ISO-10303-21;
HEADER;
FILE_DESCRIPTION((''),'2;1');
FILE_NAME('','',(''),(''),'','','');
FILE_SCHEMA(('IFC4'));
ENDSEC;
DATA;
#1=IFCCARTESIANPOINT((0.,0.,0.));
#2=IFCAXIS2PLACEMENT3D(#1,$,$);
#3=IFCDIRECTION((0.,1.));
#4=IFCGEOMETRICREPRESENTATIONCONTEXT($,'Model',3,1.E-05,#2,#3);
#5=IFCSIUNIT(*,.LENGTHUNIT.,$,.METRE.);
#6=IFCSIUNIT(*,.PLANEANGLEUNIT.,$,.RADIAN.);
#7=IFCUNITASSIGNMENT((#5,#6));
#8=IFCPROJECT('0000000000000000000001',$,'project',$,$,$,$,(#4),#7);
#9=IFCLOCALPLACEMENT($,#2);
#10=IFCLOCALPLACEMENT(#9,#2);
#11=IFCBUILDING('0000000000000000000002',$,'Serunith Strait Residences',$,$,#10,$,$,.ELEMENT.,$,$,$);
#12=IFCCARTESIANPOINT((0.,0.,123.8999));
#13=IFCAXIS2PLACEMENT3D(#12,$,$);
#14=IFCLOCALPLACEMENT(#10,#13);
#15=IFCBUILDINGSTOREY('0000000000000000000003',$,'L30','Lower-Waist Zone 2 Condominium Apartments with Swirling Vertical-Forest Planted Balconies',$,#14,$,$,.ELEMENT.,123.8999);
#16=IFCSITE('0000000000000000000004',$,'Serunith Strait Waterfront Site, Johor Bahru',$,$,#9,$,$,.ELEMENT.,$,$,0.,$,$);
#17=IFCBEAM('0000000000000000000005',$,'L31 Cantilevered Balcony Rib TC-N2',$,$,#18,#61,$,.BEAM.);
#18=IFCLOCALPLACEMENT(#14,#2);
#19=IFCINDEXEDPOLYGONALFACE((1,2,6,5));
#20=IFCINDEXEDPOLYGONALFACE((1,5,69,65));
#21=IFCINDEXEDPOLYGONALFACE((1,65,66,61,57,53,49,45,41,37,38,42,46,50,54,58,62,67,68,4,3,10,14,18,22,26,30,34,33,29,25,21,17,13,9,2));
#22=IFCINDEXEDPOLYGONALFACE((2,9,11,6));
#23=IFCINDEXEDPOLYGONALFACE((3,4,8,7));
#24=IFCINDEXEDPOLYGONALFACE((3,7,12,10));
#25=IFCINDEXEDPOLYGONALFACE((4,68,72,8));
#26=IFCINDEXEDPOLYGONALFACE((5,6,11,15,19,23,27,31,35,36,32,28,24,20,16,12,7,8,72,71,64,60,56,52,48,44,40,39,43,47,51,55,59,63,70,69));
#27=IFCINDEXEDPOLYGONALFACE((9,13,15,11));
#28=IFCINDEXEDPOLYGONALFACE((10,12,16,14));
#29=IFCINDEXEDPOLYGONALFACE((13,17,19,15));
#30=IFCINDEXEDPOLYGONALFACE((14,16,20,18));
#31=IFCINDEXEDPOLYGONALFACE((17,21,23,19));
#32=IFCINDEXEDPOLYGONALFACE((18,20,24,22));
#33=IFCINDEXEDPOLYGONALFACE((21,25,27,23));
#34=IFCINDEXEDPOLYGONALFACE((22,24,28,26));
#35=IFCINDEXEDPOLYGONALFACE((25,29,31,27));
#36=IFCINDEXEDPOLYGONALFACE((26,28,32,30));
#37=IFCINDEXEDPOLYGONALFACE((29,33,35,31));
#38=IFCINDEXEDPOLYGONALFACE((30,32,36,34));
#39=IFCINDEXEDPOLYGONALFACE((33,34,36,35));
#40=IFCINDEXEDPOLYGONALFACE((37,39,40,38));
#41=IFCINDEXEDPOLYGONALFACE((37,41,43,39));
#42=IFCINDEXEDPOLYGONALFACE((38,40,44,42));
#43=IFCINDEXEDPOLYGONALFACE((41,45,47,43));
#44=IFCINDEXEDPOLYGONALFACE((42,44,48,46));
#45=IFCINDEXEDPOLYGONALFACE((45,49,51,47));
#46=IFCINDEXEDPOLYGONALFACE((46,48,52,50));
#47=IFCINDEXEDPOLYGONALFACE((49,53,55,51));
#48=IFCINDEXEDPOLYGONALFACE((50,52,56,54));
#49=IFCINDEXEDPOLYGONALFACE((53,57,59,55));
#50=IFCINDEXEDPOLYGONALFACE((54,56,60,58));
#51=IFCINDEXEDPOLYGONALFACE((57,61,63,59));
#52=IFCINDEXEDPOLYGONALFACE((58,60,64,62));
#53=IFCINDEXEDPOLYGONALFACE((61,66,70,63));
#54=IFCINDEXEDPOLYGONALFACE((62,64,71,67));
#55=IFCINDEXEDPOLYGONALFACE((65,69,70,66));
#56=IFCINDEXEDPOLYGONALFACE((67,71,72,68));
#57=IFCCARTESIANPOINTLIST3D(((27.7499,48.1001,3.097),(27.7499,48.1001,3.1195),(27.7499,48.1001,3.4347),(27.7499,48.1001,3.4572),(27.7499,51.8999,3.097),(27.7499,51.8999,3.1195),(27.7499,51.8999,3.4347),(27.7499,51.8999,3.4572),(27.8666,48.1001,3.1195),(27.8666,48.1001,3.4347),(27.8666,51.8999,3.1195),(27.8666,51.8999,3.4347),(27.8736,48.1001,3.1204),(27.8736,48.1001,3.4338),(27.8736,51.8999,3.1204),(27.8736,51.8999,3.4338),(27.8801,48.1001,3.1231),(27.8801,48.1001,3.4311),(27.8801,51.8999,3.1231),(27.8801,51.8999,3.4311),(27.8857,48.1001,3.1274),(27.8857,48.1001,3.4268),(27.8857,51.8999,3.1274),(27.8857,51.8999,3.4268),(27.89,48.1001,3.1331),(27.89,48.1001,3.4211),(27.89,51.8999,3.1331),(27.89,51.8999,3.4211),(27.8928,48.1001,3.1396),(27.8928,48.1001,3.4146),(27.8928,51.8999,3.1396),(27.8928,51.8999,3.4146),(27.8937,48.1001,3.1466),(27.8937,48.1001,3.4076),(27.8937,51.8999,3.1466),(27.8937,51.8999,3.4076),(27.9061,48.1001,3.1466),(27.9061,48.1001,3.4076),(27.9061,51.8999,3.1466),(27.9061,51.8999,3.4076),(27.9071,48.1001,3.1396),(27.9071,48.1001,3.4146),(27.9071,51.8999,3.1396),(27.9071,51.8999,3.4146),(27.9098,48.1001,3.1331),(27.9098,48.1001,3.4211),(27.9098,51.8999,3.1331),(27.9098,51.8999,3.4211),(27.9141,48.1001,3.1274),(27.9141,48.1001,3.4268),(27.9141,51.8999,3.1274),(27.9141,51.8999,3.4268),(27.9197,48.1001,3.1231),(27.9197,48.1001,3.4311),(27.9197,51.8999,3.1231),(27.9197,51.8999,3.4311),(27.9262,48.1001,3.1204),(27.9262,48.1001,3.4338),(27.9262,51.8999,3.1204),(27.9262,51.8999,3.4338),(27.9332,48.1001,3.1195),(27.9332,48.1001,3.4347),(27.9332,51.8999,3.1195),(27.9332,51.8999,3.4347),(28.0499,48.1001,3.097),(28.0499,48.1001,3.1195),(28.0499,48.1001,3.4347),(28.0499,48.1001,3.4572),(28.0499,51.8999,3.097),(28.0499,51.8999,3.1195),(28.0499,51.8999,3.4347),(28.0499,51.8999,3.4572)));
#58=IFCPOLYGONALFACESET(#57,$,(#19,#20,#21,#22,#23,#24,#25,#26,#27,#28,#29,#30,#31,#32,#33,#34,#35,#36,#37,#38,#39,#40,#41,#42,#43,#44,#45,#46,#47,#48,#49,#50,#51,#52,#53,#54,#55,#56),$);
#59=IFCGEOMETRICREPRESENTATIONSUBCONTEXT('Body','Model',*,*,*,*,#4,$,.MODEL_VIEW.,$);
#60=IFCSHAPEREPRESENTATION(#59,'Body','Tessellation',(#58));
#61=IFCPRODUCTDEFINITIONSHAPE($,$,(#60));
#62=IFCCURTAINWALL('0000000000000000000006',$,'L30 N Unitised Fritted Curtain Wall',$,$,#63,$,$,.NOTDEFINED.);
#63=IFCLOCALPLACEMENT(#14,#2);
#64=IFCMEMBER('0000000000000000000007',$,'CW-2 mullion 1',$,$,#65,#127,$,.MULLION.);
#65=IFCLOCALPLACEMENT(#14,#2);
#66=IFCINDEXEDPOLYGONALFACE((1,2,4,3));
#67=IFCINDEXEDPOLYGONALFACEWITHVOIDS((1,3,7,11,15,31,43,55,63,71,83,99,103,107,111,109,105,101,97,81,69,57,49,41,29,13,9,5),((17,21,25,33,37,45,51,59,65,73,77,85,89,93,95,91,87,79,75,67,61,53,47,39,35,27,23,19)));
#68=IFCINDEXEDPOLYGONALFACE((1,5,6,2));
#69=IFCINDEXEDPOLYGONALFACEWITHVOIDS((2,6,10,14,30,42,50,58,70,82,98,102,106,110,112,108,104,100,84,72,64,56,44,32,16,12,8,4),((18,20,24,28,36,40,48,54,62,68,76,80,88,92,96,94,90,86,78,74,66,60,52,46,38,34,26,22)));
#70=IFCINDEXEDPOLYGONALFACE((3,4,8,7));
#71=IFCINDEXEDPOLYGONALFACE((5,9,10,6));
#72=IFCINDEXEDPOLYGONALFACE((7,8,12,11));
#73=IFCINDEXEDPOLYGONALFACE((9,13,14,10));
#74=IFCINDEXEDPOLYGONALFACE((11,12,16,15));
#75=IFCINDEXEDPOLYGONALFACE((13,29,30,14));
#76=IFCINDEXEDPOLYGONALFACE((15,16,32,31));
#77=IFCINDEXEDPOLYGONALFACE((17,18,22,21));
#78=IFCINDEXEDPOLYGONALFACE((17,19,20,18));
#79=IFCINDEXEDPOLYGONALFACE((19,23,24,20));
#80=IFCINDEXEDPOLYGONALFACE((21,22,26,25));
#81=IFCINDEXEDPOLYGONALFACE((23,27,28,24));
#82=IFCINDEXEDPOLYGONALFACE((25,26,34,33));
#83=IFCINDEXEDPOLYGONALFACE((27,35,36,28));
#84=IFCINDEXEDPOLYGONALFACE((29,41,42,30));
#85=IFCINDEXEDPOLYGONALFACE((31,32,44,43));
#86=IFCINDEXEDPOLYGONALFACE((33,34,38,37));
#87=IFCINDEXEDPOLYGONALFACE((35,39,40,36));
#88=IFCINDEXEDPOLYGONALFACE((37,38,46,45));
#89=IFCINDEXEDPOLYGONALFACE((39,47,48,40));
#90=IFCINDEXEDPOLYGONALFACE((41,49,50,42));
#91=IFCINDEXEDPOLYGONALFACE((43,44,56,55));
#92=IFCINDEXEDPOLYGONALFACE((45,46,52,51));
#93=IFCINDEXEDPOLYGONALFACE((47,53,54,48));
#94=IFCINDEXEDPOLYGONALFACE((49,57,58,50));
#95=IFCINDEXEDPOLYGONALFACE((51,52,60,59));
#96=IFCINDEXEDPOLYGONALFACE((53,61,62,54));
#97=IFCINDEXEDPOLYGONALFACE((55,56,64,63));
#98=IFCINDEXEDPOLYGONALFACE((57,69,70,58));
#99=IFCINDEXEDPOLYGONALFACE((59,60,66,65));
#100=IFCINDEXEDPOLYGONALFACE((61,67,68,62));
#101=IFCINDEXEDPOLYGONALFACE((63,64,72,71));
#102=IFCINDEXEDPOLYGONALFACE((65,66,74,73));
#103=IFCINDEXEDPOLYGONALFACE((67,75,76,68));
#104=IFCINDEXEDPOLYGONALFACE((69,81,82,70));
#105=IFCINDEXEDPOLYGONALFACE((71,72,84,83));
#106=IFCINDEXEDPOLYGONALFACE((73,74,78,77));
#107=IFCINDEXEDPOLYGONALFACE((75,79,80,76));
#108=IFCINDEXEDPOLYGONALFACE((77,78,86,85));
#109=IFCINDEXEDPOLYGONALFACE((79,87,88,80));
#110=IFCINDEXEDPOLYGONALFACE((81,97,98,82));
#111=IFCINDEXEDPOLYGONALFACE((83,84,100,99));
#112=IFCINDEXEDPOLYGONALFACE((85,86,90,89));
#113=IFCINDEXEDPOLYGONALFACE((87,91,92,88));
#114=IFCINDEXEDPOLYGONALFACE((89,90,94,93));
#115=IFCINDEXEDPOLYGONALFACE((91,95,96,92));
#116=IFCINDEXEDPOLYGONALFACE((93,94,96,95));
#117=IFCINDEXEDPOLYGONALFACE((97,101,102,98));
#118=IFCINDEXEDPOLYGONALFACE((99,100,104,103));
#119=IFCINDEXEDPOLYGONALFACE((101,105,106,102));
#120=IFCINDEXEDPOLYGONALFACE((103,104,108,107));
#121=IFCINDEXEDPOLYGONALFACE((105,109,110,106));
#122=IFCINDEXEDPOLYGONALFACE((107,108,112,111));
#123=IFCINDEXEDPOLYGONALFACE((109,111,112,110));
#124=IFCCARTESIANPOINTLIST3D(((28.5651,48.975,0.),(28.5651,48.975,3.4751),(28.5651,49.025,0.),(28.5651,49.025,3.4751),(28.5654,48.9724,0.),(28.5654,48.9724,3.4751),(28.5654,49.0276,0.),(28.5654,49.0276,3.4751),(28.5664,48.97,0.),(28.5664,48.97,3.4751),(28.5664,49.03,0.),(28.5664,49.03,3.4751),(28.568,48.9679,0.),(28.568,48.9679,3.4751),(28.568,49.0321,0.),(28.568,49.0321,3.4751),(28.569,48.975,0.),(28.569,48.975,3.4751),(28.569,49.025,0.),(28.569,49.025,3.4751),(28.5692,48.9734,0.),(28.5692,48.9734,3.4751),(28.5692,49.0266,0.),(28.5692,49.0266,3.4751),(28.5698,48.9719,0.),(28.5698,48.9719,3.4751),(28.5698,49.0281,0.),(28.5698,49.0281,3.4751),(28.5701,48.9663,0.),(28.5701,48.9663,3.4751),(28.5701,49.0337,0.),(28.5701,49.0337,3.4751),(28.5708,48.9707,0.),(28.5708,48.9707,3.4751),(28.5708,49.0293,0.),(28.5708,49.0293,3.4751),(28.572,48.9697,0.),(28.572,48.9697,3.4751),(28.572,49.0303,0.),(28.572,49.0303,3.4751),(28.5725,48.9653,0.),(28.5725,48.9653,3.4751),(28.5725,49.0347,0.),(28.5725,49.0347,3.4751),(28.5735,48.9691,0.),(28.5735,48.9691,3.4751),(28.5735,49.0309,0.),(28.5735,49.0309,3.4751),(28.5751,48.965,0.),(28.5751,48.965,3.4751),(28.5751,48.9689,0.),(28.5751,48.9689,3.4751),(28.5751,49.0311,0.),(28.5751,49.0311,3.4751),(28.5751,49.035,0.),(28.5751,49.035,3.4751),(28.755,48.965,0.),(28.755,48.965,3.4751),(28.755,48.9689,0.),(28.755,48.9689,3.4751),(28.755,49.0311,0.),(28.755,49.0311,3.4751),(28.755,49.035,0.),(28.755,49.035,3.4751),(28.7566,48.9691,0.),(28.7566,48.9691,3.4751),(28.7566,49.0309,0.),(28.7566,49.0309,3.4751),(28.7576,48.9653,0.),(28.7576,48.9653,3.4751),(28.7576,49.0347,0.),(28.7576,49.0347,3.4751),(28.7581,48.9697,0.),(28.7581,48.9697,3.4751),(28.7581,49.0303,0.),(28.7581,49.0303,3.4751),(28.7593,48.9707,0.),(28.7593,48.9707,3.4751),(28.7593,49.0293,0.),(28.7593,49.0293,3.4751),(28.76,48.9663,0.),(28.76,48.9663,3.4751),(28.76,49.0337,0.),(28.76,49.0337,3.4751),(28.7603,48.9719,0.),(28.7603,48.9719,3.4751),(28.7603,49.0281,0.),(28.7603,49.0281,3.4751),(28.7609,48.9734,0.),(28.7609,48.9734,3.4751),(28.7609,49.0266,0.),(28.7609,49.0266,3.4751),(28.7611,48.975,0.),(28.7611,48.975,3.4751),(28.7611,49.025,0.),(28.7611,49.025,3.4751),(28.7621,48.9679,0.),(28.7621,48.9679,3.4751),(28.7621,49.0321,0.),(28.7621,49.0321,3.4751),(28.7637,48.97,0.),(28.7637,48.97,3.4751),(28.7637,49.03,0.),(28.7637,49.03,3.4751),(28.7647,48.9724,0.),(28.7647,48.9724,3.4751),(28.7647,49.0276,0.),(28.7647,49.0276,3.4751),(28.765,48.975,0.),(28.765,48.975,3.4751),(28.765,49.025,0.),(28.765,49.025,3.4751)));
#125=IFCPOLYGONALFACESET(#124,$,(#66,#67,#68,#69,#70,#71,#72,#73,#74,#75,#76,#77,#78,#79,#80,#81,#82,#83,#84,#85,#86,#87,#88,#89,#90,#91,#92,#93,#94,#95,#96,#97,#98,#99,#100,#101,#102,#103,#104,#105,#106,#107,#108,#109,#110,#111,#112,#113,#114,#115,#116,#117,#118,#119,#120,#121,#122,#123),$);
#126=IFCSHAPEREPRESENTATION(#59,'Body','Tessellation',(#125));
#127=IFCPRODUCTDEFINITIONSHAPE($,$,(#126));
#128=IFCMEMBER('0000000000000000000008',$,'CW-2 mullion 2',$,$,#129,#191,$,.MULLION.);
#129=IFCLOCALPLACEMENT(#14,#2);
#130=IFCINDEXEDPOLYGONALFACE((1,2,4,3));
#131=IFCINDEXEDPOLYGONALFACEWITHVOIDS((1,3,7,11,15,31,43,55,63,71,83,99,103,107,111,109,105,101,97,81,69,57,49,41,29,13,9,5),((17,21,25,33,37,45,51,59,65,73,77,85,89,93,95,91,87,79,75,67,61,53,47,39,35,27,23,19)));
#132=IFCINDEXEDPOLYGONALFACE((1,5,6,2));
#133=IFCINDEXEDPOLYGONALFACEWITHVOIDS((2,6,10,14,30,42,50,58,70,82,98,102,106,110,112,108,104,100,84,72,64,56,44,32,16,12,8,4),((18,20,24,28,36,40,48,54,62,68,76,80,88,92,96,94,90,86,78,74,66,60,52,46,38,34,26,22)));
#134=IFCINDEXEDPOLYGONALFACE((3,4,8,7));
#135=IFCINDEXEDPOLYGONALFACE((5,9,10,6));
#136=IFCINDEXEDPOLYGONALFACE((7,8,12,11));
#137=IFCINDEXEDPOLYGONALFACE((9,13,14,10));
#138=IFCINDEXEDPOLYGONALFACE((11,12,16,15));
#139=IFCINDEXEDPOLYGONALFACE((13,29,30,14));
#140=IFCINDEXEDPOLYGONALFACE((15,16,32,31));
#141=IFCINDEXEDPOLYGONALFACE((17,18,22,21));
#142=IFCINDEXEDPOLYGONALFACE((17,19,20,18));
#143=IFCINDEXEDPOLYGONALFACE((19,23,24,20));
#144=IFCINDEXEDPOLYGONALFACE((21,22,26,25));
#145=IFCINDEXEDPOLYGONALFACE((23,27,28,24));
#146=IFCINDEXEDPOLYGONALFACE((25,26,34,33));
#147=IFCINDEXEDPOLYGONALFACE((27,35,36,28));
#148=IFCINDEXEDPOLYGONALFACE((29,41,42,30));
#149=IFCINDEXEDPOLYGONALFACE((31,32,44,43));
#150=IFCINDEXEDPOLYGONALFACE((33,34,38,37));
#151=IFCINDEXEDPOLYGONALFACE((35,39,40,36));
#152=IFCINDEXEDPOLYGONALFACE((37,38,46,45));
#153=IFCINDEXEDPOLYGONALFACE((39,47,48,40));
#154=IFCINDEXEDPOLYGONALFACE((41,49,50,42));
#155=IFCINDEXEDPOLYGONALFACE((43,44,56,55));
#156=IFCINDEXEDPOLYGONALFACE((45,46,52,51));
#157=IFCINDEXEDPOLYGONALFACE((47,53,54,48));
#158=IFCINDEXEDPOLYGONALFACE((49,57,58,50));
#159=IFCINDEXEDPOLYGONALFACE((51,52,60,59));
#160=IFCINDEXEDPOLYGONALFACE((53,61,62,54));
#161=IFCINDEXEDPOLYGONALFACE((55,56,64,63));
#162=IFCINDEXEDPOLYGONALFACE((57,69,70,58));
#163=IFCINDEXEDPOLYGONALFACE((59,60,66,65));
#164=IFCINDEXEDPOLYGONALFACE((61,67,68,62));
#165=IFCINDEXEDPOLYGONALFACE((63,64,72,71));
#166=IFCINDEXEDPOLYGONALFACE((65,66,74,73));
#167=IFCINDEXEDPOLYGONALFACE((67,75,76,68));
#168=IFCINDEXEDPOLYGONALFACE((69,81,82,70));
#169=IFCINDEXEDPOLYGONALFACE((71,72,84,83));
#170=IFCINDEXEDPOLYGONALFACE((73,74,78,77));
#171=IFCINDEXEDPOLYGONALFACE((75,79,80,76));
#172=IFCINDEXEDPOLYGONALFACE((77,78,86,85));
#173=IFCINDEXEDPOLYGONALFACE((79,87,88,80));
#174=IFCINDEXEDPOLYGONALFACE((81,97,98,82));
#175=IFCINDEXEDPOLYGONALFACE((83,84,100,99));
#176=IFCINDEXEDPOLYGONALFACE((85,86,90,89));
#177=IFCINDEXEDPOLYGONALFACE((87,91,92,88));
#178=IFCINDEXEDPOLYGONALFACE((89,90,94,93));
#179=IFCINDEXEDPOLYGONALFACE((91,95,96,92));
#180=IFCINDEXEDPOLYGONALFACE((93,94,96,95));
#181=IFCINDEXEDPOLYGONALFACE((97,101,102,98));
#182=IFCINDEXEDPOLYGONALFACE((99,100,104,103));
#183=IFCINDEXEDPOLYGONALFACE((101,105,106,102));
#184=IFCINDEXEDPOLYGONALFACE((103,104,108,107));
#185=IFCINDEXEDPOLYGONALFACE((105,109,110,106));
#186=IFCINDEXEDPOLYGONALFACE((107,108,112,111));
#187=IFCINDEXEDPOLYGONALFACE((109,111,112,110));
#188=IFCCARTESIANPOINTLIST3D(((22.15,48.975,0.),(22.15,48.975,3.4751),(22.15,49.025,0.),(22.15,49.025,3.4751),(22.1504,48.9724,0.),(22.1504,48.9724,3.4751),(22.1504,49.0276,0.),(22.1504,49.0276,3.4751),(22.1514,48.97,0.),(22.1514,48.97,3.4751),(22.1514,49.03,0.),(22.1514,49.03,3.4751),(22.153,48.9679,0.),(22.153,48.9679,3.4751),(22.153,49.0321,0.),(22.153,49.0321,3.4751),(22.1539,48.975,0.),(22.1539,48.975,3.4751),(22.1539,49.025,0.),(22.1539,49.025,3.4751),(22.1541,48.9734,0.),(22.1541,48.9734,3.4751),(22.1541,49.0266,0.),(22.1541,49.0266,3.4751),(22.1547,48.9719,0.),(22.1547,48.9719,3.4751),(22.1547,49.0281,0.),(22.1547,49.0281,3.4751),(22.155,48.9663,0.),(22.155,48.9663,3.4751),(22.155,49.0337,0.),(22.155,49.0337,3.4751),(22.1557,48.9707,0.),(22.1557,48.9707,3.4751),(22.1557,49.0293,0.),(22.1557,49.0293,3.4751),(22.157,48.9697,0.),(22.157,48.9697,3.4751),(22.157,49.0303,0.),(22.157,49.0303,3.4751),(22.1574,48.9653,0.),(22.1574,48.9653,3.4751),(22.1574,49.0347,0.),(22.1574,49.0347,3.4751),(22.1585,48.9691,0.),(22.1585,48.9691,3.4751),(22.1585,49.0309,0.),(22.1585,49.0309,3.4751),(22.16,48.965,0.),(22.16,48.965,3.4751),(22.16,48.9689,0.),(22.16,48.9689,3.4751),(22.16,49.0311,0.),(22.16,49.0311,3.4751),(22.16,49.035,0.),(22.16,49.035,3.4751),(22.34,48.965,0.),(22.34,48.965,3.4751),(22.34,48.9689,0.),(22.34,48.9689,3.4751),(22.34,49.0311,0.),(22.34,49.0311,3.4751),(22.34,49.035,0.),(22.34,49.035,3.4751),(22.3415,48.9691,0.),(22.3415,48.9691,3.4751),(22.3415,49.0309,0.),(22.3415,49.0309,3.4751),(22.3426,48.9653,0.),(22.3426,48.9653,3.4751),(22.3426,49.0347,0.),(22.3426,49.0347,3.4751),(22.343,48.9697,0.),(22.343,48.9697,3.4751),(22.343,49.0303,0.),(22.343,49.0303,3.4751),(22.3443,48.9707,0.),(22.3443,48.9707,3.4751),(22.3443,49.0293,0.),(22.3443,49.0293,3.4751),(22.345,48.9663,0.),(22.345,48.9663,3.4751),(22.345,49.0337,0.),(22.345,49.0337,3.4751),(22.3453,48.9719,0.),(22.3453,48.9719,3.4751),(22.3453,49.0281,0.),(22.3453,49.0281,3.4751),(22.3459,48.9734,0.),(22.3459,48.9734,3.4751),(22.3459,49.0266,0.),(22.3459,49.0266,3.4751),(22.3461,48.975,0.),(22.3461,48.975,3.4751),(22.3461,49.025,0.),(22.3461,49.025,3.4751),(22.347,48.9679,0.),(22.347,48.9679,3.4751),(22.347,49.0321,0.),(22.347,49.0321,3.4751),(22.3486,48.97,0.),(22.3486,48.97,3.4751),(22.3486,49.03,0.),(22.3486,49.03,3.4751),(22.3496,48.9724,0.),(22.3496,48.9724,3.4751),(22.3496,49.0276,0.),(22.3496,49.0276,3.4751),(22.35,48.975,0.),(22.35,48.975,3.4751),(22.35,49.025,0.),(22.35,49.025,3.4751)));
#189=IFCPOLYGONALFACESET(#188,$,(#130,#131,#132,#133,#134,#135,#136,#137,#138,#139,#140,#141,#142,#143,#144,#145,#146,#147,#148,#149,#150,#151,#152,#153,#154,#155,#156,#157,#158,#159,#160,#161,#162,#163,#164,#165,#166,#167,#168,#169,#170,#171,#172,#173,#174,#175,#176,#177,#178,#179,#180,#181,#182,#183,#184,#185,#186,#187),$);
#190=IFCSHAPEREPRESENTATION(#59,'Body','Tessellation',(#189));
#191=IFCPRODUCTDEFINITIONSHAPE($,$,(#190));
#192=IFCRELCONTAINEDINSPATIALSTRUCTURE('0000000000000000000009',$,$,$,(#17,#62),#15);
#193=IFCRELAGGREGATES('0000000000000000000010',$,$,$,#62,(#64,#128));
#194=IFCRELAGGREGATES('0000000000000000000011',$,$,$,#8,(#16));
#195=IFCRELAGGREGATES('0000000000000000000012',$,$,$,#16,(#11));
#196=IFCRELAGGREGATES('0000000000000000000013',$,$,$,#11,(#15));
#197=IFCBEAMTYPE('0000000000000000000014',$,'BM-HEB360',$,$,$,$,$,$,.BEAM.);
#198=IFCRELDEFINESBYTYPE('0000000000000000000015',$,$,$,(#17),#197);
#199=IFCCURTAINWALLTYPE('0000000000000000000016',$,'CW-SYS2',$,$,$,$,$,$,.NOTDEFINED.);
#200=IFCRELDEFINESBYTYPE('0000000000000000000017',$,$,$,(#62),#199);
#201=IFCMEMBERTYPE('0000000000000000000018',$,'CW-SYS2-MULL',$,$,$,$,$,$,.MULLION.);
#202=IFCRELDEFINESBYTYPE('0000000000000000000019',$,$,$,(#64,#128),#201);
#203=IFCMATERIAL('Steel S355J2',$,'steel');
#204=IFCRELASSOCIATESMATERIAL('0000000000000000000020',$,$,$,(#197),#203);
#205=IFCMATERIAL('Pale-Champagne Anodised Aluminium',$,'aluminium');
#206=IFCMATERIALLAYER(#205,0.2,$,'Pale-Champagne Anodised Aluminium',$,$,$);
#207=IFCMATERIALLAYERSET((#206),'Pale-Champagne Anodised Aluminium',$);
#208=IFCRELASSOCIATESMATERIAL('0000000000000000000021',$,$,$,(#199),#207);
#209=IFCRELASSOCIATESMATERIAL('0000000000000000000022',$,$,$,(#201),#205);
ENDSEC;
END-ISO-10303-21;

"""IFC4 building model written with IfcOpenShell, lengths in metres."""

from ifc_helpers import new_model, si_unit, direction, frame, origin, origin_2d, place, context, subcontext, project, spatial, hollow_rectangle, i_section, extrude, source, transform, mapped, material, layer, layer_set, material_profile, profile_set, type_object, element, aggregate, save


model = new_model("IFC4")

# Units and contexts
model_context = context("Model", 3, precision=1e-05, world=origin(), true_north=direction((0.0, 1.0)))
body_context = subcontext(model_context, "Body", "Model", "MODEL_VIEW")
ifc_project = project(units=[si_unit("LENGTHUNIT", "METRE"), si_unit("PLANEANGLEUNIT", "RADIAN")], contexts=[model_context])

# Site, building, storey
site_placement = place(None, origin())
site = spatial("IfcSite", under=ifc_project, at=site_placement, Name="Serunith Strait Waterfront Site, Johor Bahru", CompositionType="ELEMENT", RefElevation=0.0)
building_placement = place(site_placement, origin())
building = spatial("IfcBuilding", under=site, at=building_placement, Name="Serunith Strait Residences", CompositionType="ELEMENT")
storey_placement = place(building_placement, frame((0.0, 0.0, 123.8999)))
storey = spatial("IfcBuildingStorey", under=building, at=storey_placement, Name="L30", Description="Lower-Waist Zone 2 Condominium Apartments with Swirling Vertical-Forest Planted Balconies", CompositionType="ELEMENT", Elevation=123.8999)

# Beam
ifc_material_1 = material(Name="Steel S355J2", Category="steel")
ifc_material_profile_1 = material_profile(ifc_material_1, i_section(OverallWidth=0.3, OverallDepth=0.3601, WebThickness=0.0125, FlangeThickness=0.0225, FilletRadius=0.0271, at=origin_2d()), Name="HEB 360")
ifc_profile_set_1 = profile_set([ifc_material_profile_1], Name="Steel S355J2")
beam_type_1 = type_object("IfcBeamType", Name="BM-HEB360", PredefinedType="BEAM", material=ifc_profile_set_1)
shared_shape_1 = source(origin(), body_context, "Body", "SweptSolid", [
    extrude(i_section(OverallWidth=0.3, OverallDepth=0.3601, WebThickness=0.0125, FlangeThickness=0.0225, FilletRadius=0.0271, at=origin_2d()), origin(), (0.0, 0.0, 1.0), 3.7998),
])
beam_1_placement = place(storey_placement, frame((27.8999, 48.1001, 3.2771), z_axis=(0.0, 1.0, 0.0), x_axis=(-1.0, 0.0, 0.0)))
element("IfcBeam", 1, at=beam_1_placement, inside=storey, type_object=beam_type_1, Name="L31 Cantilevered Balcony Rib TC-N2", PredefinedType="BEAM", context=body_context, shape_type="MappedRepresentation", body=[
    mapped(shared_shape_1, transform((0.0, 0.0, 0.0), scale=1.0)),
])

# Curtain wall, members
ifc_material_2 = material(Name="Pale-Champagne Anodised Aluminium", Category="aluminium")
ifc_layer_1 = layer(ifc_material_2, 0.2, Name="Pale-Champagne Anodised Aluminium")
ifc_layer_set_1 = layer_set([ifc_layer_1], Name="Pale-Champagne Anodised Aluminium")
curtain_wall_type = type_object("IfcCurtainWallType", Name="CW-SYS2", PredefinedType="NOTDEFINED", material=ifc_layer_set_1)
curtain_wall_placement = place(storey_placement, origin())
curtain_wall = element("IfcCurtainWall", 2, at=curtain_wall_placement, inside=storey, type_object=curtain_wall_type, Name="L30 N Unitised Fritted Curtain Wall", PredefinedType="NOTDEFINED")
ifc_material_profile_2 = material_profile(ifc_material_2, hollow_rectangle(XDim=0.0701, YDim=0.2, WallThickness=0.0039, InnerFilletRadius=0.0061, OuterFilletRadius=0.01, at=origin_2d()), Name="ALU 200x70x4")
ifc_profile_set_2 = profile_set([ifc_material_profile_2], Name="Pale-Champagne Anodised Aluminium")
member_type_1 = type_object("IfcMemberType", Name="CW-SYS2-MULL", PredefinedType="MULLION", material=ifc_profile_set_2)
shared_shape_2 = source(origin(), body_context, "Body", "SweptSolid", [
    extrude(hollow_rectangle(XDim=0.0701, YDim=0.2, WallThickness=0.0039, InnerFilletRadius=0.0061, OuterFilletRadius=0.01, at=origin_2d()), origin(), (0.0, 0.0, 1.0), 3.4751),
])
member_1_placement = place(storey_placement, frame((28.665, 49.0, 0.0), z_axis=(0.0, 0.0, 1.0), x_axis=(0.0, -1.0, 0.0)))
member_1 = element("IfcMember", 3, at=member_1_placement, type_object=member_type_1, Name="CW-2 mullion 1", PredefinedType="MULLION", context=body_context, shape_type="MappedRepresentation", body=[
    mapped(shared_shape_2, transform((0.0, 0.0, 0.0), scale=1.0)),
])
member_2_placement = place(storey_placement, frame((22.25, 49.0, 0.0), z_axis=(0.0, 0.0, 1.0), x_axis=(0.0, -1.0, 0.0)))
member_2 = element("IfcMember", 4, at=member_2_placement, type_object=member_type_1, Name="CW-2 mullion 2", PredefinedType="MULLION", context=body_context, shape_type="MappedRepresentation", body=[
    mapped(shared_shape_2, transform((0.0, 0.0, 0.0), scale=1.0)),
])
aggregate(curtain_wall, [member_1, member_2])

save(model, "model.ifc")
